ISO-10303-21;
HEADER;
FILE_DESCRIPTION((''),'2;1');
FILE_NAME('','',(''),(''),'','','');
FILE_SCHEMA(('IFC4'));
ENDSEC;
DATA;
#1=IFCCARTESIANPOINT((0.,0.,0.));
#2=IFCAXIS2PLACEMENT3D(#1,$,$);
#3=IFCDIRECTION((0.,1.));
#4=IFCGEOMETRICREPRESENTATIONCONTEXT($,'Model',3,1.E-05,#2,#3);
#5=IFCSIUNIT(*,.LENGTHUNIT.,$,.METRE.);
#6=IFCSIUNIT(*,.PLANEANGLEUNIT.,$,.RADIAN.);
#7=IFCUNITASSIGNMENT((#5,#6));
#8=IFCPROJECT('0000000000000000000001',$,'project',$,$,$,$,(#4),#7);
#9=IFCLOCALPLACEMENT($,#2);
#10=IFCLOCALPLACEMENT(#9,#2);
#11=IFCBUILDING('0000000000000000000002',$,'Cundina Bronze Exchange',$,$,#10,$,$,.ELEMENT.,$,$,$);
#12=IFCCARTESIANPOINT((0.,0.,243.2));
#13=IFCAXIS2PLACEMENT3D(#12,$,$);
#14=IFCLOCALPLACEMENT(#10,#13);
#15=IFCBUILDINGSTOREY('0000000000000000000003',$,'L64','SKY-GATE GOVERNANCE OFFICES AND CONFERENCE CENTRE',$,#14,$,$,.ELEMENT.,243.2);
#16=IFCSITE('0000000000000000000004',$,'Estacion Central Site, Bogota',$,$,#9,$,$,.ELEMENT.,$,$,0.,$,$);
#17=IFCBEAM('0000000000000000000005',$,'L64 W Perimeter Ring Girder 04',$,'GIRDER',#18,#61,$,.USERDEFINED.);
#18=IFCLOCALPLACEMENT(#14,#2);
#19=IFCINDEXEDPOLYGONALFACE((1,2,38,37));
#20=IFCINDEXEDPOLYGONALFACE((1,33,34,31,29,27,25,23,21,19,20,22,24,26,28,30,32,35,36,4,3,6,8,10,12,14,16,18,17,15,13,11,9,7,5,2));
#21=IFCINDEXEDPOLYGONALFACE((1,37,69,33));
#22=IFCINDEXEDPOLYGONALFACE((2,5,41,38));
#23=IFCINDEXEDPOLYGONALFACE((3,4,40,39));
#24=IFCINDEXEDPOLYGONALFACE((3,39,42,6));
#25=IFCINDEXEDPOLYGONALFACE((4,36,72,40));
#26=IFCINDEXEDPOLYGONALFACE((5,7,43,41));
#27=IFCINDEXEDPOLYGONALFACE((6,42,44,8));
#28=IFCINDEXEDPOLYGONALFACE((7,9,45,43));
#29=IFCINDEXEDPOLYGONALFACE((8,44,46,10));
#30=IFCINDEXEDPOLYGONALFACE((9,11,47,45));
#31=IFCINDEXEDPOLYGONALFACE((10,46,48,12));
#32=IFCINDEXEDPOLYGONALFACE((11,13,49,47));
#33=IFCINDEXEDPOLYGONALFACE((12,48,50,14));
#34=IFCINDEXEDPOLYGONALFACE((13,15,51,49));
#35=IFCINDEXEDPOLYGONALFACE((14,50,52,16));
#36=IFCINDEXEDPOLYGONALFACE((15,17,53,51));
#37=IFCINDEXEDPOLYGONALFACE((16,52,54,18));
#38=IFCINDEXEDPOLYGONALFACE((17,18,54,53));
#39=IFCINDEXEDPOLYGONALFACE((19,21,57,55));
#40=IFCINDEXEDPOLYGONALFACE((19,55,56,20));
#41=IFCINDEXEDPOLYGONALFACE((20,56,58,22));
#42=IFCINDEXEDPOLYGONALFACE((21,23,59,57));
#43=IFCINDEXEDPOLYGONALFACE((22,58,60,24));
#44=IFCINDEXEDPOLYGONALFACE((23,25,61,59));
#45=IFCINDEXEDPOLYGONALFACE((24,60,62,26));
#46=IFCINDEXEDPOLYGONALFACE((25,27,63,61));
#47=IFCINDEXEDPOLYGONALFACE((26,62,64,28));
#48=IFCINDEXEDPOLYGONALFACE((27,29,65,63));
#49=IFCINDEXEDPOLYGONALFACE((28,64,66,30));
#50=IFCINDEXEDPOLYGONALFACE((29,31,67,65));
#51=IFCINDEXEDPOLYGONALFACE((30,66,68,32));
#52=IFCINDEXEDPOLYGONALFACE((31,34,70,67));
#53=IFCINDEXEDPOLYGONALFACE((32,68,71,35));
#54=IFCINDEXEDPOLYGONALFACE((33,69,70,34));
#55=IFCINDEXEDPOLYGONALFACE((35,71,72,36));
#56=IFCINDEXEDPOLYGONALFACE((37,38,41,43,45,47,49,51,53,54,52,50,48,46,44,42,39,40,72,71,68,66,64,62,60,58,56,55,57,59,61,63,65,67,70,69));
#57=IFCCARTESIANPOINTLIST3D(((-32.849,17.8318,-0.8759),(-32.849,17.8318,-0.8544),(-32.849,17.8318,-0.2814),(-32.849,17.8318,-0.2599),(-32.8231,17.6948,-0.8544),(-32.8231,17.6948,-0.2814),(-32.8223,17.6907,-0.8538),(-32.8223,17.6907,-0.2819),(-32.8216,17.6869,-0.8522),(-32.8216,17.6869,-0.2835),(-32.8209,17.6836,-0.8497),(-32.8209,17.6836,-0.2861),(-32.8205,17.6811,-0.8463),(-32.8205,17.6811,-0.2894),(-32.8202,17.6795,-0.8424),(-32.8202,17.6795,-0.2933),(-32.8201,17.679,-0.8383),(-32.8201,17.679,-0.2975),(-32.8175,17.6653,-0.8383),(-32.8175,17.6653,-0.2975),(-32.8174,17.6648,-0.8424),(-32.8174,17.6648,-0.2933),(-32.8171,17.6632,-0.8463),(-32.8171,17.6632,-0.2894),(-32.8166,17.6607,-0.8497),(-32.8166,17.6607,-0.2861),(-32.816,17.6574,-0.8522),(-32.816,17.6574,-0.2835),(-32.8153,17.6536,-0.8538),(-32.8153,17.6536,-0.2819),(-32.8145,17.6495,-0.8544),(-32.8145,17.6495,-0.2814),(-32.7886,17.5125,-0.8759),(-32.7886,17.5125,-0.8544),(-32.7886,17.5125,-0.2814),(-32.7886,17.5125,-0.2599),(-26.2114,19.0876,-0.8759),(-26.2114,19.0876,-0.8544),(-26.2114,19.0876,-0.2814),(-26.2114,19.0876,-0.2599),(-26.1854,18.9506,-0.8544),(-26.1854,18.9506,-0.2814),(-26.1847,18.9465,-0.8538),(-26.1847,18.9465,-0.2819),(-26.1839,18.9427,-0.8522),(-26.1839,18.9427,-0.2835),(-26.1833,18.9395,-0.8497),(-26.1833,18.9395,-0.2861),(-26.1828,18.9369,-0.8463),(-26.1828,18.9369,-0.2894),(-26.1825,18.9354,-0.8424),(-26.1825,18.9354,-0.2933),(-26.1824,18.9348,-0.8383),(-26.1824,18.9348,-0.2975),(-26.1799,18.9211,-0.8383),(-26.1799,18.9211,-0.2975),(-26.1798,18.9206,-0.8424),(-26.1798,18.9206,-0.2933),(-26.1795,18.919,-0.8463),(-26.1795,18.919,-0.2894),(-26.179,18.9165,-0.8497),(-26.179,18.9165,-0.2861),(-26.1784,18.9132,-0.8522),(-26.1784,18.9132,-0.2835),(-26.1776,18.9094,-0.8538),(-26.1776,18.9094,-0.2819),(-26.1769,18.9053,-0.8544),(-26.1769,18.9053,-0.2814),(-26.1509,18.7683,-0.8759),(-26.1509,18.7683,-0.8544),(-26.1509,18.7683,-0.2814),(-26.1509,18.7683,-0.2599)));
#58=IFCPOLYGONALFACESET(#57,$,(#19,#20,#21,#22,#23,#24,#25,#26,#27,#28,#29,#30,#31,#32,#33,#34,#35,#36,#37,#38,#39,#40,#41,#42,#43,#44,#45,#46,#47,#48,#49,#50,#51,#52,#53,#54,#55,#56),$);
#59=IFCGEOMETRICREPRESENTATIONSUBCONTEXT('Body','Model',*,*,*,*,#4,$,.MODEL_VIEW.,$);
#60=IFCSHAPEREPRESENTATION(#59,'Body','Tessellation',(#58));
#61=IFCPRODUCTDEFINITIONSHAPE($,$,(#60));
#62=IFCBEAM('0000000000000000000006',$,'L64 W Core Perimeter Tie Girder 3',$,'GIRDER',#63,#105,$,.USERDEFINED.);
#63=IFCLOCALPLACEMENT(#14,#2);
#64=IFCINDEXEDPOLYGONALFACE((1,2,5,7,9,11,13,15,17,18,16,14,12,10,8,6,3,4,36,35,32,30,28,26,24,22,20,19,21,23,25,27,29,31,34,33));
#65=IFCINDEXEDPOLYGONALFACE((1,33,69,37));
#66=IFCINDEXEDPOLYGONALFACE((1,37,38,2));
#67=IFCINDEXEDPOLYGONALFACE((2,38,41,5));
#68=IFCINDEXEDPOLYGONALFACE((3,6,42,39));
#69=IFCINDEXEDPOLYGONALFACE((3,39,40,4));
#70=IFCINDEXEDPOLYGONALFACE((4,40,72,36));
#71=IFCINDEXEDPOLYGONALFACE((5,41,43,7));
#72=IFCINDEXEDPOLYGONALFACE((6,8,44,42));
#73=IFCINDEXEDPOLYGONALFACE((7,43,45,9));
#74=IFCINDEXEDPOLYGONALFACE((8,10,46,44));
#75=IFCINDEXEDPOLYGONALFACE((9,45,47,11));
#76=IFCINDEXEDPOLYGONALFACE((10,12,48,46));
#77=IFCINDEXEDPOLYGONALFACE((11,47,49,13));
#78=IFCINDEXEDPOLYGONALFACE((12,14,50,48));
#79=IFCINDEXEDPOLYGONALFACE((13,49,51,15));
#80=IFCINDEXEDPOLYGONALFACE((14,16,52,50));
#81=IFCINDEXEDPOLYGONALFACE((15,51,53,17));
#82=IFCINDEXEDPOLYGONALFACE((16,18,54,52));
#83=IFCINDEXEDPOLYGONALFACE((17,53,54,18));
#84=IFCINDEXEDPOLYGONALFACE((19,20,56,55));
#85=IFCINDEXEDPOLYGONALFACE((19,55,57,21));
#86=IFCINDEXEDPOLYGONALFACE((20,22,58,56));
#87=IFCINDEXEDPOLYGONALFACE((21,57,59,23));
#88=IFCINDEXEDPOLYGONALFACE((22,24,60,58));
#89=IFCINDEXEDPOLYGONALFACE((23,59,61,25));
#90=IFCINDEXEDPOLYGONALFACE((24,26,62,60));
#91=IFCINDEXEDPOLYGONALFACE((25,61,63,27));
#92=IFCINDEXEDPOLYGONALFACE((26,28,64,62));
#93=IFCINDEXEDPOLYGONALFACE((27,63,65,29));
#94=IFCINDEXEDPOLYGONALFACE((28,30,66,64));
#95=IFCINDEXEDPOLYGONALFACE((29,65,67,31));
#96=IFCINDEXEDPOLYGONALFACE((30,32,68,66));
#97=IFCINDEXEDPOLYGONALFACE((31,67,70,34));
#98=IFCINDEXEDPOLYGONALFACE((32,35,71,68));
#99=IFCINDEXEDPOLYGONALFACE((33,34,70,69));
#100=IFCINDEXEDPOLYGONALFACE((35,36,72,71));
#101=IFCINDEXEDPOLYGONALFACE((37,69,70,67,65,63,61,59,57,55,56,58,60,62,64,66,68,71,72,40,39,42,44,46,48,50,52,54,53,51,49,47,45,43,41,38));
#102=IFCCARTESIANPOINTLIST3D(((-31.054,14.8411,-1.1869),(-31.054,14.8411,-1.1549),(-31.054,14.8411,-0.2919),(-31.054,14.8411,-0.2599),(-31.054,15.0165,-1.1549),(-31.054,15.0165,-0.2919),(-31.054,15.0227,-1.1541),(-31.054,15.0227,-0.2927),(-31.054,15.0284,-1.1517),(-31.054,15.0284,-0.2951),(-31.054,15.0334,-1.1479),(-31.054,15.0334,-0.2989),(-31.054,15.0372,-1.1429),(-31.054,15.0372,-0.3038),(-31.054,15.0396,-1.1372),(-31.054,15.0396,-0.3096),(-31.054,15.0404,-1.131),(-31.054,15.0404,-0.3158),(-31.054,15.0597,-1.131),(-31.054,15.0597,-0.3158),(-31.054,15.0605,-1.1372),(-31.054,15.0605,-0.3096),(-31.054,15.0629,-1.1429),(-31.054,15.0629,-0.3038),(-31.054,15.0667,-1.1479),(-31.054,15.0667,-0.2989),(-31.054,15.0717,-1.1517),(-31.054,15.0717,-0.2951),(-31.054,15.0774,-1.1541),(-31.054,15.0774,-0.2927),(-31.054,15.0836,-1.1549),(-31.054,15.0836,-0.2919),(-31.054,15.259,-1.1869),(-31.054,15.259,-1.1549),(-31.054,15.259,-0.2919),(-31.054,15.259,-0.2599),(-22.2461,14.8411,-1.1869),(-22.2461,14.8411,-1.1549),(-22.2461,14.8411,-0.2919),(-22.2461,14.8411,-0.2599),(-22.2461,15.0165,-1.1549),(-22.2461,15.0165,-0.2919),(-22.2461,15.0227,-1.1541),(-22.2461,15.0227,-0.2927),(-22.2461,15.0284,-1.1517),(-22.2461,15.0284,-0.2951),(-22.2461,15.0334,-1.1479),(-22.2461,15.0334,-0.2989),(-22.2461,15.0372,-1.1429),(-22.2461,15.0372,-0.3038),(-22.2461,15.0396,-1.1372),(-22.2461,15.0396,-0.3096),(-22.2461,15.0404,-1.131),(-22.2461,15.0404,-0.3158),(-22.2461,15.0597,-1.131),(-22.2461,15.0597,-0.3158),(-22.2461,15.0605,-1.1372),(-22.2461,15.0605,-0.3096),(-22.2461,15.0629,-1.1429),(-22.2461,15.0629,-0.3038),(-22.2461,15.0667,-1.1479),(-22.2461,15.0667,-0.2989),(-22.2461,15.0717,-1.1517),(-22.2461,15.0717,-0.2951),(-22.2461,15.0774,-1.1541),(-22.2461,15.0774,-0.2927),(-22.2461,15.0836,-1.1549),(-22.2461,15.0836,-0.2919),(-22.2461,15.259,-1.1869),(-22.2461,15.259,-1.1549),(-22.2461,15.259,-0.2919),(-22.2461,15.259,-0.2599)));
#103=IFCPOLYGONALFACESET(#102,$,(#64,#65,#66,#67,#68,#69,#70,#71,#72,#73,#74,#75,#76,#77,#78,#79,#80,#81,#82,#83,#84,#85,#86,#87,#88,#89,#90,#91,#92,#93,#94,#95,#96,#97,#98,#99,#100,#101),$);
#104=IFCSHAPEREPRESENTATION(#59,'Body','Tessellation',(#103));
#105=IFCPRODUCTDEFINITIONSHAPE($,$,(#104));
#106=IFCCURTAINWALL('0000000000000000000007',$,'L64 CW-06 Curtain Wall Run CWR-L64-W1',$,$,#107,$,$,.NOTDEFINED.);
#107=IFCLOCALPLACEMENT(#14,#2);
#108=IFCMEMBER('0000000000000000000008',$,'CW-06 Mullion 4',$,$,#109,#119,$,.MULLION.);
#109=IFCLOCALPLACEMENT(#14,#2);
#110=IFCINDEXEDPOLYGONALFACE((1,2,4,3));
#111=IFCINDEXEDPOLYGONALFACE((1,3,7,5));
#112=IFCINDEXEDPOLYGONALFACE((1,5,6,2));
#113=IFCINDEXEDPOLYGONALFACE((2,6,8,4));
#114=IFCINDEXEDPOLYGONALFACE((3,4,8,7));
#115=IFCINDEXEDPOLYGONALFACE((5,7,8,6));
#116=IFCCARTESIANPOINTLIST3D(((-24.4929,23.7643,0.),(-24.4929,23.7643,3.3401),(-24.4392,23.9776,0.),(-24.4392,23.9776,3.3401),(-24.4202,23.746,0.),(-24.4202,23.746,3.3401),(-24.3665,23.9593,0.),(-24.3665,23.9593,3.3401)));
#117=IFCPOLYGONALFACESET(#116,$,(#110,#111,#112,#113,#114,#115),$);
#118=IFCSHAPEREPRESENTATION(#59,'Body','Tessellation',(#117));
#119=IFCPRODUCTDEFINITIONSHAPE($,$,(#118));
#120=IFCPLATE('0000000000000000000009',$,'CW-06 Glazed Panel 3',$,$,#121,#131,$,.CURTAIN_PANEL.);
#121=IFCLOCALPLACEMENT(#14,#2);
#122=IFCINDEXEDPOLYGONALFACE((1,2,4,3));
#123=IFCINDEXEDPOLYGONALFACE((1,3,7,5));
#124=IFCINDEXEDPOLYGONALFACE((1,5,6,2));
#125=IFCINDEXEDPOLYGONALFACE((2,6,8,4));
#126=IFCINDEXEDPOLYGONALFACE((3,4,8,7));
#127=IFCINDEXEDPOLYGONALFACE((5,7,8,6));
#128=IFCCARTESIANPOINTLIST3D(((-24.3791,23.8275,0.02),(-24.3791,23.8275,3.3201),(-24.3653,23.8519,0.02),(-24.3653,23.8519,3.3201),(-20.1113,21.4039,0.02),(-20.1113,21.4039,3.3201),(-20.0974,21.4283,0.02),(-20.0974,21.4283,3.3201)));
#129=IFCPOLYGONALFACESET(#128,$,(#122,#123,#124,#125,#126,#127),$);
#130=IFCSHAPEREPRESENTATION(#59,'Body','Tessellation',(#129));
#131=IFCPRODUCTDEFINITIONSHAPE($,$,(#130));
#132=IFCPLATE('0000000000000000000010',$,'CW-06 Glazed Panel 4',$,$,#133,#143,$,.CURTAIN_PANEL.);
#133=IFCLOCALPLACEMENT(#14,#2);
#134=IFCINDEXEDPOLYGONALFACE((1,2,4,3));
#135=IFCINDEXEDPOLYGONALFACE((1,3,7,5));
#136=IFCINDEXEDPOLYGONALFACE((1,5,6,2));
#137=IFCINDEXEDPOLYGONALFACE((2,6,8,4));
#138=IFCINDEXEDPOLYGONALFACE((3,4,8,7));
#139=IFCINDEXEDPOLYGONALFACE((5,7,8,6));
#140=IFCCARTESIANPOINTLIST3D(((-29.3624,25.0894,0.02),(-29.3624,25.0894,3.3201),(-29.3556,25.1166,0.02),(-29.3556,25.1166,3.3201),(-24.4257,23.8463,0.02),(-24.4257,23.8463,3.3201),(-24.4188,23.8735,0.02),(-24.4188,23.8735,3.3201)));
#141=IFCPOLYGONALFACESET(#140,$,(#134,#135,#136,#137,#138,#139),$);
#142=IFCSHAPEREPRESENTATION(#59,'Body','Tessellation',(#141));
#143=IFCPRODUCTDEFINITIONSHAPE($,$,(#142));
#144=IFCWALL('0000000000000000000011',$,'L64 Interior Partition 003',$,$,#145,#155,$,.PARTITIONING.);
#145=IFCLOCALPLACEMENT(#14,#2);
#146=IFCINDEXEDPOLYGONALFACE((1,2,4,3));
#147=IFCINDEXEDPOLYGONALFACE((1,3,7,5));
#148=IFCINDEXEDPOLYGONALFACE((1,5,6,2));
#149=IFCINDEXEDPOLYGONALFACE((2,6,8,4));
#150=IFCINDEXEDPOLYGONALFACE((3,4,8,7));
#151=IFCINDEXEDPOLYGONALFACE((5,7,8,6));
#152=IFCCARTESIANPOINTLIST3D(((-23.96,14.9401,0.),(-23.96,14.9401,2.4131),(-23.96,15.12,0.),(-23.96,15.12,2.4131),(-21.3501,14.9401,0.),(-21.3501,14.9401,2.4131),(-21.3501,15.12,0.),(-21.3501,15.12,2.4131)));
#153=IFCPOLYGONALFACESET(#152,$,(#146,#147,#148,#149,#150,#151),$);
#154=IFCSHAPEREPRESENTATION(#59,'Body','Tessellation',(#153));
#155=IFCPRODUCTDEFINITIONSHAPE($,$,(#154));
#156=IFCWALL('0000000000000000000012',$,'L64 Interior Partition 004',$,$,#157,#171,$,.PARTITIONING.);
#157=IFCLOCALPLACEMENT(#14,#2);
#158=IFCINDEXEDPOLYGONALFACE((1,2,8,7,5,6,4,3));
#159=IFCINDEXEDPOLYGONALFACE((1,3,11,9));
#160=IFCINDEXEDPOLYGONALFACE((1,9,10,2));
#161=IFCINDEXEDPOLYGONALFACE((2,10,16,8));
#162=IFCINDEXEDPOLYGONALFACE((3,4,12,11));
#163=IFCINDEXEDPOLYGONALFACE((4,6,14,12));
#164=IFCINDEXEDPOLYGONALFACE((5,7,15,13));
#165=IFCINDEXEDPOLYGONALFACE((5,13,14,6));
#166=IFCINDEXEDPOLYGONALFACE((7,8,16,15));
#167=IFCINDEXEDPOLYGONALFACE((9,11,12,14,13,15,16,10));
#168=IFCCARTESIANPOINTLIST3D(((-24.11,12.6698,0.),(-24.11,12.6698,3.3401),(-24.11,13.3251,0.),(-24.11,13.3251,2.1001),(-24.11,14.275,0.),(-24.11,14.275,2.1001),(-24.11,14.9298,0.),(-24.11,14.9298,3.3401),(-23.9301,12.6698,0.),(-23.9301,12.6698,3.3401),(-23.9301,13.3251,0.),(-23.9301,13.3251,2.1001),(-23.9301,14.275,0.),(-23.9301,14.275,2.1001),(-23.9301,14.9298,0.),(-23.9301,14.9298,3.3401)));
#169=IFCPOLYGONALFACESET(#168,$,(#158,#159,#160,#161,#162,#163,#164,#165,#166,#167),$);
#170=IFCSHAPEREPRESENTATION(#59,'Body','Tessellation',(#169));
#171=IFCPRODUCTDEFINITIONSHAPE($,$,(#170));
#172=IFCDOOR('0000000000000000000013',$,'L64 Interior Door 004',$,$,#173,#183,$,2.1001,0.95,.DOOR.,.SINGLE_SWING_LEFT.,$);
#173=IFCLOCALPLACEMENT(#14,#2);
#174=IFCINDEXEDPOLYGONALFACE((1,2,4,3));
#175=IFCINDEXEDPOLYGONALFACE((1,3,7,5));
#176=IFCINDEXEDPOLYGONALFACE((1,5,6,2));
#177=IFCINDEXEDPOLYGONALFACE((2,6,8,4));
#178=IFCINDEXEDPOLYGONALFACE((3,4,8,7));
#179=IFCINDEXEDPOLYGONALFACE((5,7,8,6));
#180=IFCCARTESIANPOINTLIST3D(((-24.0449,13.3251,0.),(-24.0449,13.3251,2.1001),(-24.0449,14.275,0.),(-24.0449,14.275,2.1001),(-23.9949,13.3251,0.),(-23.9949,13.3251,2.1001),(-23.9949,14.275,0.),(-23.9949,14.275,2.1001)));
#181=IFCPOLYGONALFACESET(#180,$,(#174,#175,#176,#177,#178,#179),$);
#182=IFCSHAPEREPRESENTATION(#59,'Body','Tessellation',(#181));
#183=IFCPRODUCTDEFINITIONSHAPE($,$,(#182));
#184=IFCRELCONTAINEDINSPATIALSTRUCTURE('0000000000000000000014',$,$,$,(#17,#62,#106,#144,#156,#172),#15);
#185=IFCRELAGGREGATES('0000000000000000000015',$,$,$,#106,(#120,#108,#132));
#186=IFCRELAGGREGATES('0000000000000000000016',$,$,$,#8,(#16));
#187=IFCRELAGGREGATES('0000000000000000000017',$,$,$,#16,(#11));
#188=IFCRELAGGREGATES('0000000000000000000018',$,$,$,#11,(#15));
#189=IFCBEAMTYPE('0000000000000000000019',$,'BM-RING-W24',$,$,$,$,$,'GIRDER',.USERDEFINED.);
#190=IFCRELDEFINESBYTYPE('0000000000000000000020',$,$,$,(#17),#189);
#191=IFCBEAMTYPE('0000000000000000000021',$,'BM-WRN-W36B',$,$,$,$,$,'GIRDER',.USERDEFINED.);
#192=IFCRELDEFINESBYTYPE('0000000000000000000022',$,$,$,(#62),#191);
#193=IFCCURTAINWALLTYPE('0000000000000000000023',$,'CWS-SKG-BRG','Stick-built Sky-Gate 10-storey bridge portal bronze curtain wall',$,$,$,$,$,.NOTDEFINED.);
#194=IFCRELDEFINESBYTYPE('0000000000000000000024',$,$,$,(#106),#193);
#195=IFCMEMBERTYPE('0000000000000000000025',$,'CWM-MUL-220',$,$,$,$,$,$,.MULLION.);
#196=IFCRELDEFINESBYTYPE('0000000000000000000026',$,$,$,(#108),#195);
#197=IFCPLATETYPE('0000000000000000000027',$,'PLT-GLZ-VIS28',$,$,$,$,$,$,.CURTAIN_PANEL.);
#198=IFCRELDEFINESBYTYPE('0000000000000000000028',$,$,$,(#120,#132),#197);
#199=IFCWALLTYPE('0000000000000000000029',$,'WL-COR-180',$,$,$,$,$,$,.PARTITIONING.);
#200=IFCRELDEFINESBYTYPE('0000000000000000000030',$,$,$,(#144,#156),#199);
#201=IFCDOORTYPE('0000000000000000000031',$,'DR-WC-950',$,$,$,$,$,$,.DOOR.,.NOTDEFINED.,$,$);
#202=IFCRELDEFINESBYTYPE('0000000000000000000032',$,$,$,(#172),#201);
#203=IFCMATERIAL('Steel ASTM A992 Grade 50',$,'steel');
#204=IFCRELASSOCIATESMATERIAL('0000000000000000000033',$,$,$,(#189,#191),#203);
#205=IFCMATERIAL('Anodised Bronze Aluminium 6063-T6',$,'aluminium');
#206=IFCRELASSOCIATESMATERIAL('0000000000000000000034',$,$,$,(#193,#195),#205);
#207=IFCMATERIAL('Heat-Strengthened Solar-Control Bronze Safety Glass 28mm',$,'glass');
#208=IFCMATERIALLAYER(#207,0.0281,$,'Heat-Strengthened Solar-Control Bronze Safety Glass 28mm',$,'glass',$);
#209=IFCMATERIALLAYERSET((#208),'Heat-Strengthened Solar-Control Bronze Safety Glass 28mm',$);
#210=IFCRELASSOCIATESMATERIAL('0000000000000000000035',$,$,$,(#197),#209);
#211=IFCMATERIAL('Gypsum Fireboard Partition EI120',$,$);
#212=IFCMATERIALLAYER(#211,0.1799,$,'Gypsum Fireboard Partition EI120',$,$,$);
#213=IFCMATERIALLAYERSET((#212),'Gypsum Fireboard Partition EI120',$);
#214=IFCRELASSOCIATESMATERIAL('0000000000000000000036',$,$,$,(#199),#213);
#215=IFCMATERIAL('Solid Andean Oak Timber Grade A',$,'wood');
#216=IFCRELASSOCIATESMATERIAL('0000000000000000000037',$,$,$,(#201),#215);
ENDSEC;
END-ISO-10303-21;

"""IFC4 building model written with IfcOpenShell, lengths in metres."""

from ifc_helpers import new_model, si_unit, direction, frame, frame_2d, origin, origin_2d, place, context, subcontext, project, spatial, rectangle, i_section, extrude, material, layer, layer_set, material_profile, profile_set, type_object, element, fill, aggregate, save


model = new_model("IFC4")

# Units and contexts
model_context = context("Model", 3, precision=1e-05, world=origin(), true_north=direction((0.0, 1.0)))
body_context = subcontext(model_context, "Body", "Model", "MODEL_VIEW")
ifc_project = project(units=[si_unit("LENGTHUNIT", "METRE"), si_unit("PLANEANGLEUNIT", "RADIAN")], contexts=[model_context])

# Site, building, storey
site_placement = place(None, origin())
site = spatial("IfcSite", under=ifc_project, at=site_placement, Name="Estacion Central Site, Bogota", CompositionType="ELEMENT", RefElevation=0.0)
building_placement = place(site_placement, origin())
building = spatial("IfcBuilding", under=site, at=building_placement, Name="Cundina Bronze Exchange", CompositionType="ELEMENT")
storey_placement = place(building_placement, frame((0.0, 0.0, 243.2)))
storey = spatial("IfcBuildingStorey", under=building, at=storey_placement, Name="L64", Description="SKY-GATE GOVERNANCE OFFICES AND CONFERENCE CENTRE", CompositionType="ELEMENT", Elevation=243.2)

# Shared definitions
ifc_material_1 = material(Name="Steel ASTM A992 Grade 50", Category="steel")

# Beams
ifc_material_profile_1 = material_profile(ifc_material_1, i_section(OverallWidth=0.325, OverallDepth=0.616, WebThickness=0.0139, FlangeThickness=0.0215, FilletRadius=0.0161, at=origin_2d()), Name="W24X117", Category="steel")
ifc_profile_set_1 = profile_set([ifc_material_profile_1], Name="Steel ASTM A992 Grade 50")
beam_type_1 = type_object("IfcBeamType", Name="BM-RING-W24", ElementType="GIRDER", PredefinedType="USERDEFINED", material=ifc_profile_set_1)
beam_1_placement = place(storey_placement, frame((-26.1812, 18.928, -0.5679), z_axis=(-0.982568, -0.185903, 0.0), x_axis=(0.185903, -0.982568, 0.0)))
element("IfcBeam", 1, at=beam_1_placement, inside=storey, type_object=beam_type_1, Name="L64 W Perimeter Ring Girder 04", ObjectType="GIRDER", PredefinedType="USERDEFINED", context=body_context, shape_type="SweptSolid", body=[
    extrude(i_section(OverallWidth=0.325, OverallDepth=0.616, WebThickness=0.0139, FlangeThickness=0.0215, FilletRadius=0.0161, at=origin_2d()), origin(), (0.0, 0.0, 1.0), 6.7554),
])
ifc_material_profile_2 = material_profile(ifc_material_1, i_section(OverallWidth=0.418, OverallDepth=0.927, WebThickness=0.0193, FlangeThickness=0.032, FilletRadius=0.0239, at=origin_2d()), Name="W36X231", Category="steel")
ifc_profile_set_2 = profile_set([ifc_material_profile_2], Name="Steel ASTM A992 Grade 50")
beam_type_2 = type_object("IfcBeamType", Name="BM-WRN-W36B", ElementType="GIRDER", PredefinedType="USERDEFINED", material=ifc_profile_set_2)
beam_2_placement = place(storey_placement, frame((-22.2461, 15.05, -0.7234), z_axis=(-1.0, 0.0, 0.0), x_axis=(0.0, -1.0, 0.0)))
element("IfcBeam", 2, at=beam_2_placement, inside=storey, type_object=beam_type_2, Name="L64 W Core Perimeter Tie Girder 3", ObjectType="GIRDER", PredefinedType="USERDEFINED", context=body_context, shape_type="SweptSolid", body=[
    extrude(i_section(OverallWidth=0.418, OverallDepth=0.927, WebThickness=0.0193, FlangeThickness=0.032, FilletRadius=0.0239, at=origin_2d()), origin(), (0.0, 0.0, 1.0), 8.8079),
])

# Curtain wall, member, plates
ifc_material_2 = material(Name="Anodised Bronze Aluminium 6063-T6", Category="aluminium")
curtain_wall_type = type_object("IfcCurtainWallType", Name="CWS-SKG-BRG", Description="Stick-built Sky-Gate 10-storey bridge portal bronze curtain wall", PredefinedType="NOTDEFINED", material=ifc_material_2)
curtain_wall_placement = place(storey_placement, origin())
curtain_wall = element("IfcCurtainWall", 3, at=curtain_wall_placement, inside=storey, type_object=curtain_wall_type, Name="L64 CW-06 Curtain Wall Run CWR-L64-W1", PredefinedType="NOTDEFINED")
ifc_material_profile_3 = material_profile(ifc_material_2, rectangle(XDim=0.075, YDim=0.22, at=origin_2d()), Name="AL75X220", Category="aluminium")
ifc_profile_set_3 = profile_set([ifc_material_profile_3], Name="Anodised Bronze Aluminium 6063-T6")
member_type = type_object("IfcMemberType", Name="CWM-MUL-220", PredefinedType="MULLION", material=ifc_profile_set_3)
member_placement = place(storey_placement, frame((-24.4297, 23.8618, 0.0), z_axis=(0.0, 0.0, 1.0), x_axis=(-0.969744, 0.244123, 0.0)))
member = element("IfcMember", 4, at=member_placement, type_object=member_type, Name="CW-06 Mullion 4", PredefinedType="MULLION", context=body_context, shape_type="SweptSolid", body=[
    extrude(rectangle(XDim=0.075, YDim=0.22, at=origin_2d()), origin(), (0.0, 0.0, 1.0), 3.3401),
])
ifc_material_3 = material(Name="Heat-Strengthened Solar-Control Bronze Safety Glass 28mm", Category="glass")
ifc_layer_1 = layer(ifc_material_3, 0.0281, Name="Heat-Strengthened Solar-Control Bronze Safety Glass 28mm", Category="glass")
ifc_layer_set_1 = layer_set([ifc_layer_1], Name="Heat-Strengthened Solar-Control Bronze Safety Glass 28mm")
plate_type = type_object("IfcPlateType", Name="PLT-GLZ-VIS28", PredefinedType="CURTAIN_PANEL", material=ifc_layer_set_1)
plate_1_placement = place(storey_placement, frame((-22.2383, 22.6279, 0.02), z_axis=(0.0, 0.0, 1.0), x_axis=(-0.869573, 0.493805, 0.0)))
plate_1 = element("IfcPlate", 5, at=plate_1_placement, type_object=plate_type, Name="CW-06 Glazed Panel 3", PredefinedType="CURTAIN_PANEL", context=body_context, shape_type="SweptSolid", body=[
    extrude(rectangle(XDim=4.908, YDim=0.0281, at=origin_2d()), origin(), (0.0, 0.0, 1.0), 3.3),
])
plate_2_placement = place(storey_placement, frame((-26.8906, 24.4814, 0.02), z_axis=(0.0, 0.0, 1.0), x_axis=(-0.969732, 0.244174, 0.0)))
plate_2 = element("IfcPlate", 6, at=plate_2_placement, type_object=plate_type, Name="CW-06 Glazed Panel 4", PredefinedType="CURTAIN_PANEL", context=body_context, shape_type="SweptSolid", body=[
    extrude(rectangle(XDim=5.0908, YDim=0.0281, at=origin_2d()), origin(), (0.0, 0.0, 1.0), 3.3),
])
aggregate(curtain_wall, [plate_1, member, plate_2])

# Wall
ifc_material_4 = material(Name="Gypsum Fireboard Partition EI120")
ifc_layer_2 = layer(ifc_material_4, 0.1799, Name="Gypsum Fireboard Partition EI120")
ifc_layer_set_2 = layer_set([ifc_layer_2], Name="Gypsum Fireboard Partition EI120")
wall_type_1 = type_object("IfcWallType", Name="WL-COR-180", PredefinedType="PARTITIONING", material=ifc_layer_set_2)
wall_1_placement = place(storey_placement, frame((-23.96, 15.03, 0.0), z_axis=(0.0, 0.0, 1.0), x_axis=(1.0, 0.0, 0.0)))
element("IfcWall", 7, at=wall_1_placement, inside=storey, type_object=wall_type_1, Name="L64 Interior Partition 003", PredefinedType="PARTITIONING", context=body_context, shape_type="SweptSolid", body=[
    extrude(rectangle(XDim=2.6099, YDim=0.1799, at=frame_2d((1.3049, 0.0))), origin(), (0.0, 0.0, 1.0), 2.4131),
])

# Wall, opening, door
wall_2_placement = place(storey_placement, frame((-24.02, 12.6699, 0.0), z_axis=(0.0, 0.0, 1.0), x_axis=(0.0, 1.0, 0.0)))
wall_2 = element("IfcWall", 8, at=wall_2_placement, inside=storey, type_object=wall_type_1, Name="L64 Interior Partition 004", PredefinedType="PARTITIONING", context=body_context, shape_type="SweptSolid", body=[
    extrude(rectangle(XDim=2.26, YDim=0.1799, at=frame_2d((1.1299, 0.0))), origin(), (0.0, 0.0, 1.0), 3.3401),
])
opening_1_placement = place(wall_2_placement, frame((0.655, 0.0, 0.0)))
opening_1 = element("IfcOpeningElement", 9, at=opening_1_placement, cuts=wall_2, PredefinedType="OPENING", context=body_context, shape_type="SweptSolid", body=[
    extrude(rectangle(XDim=0.95, YDim=2.1001, at=frame_2d((0.4751, 1.05))), frame((0.0, 0.0999, 0.0), z_axis=(0.0, -1.0, 0.0), x_axis=(1.0, 0.0, 0.0)), (0.0, 0.0, 1.0), 0.2),
])
ifc_material_5 = material(Name="Solid Andean Oak Timber Grade A", Category="wood")
door_type_1 = type_object("IfcDoorType", Name="DR-WC-950", OperationType="NOTDEFINED", PredefinedType="DOOR", material=ifc_material_5)
door_1_placement = place(opening_1_placement, origin())
door_1 = element("IfcDoor", 10, at=door_1_placement, inside=storey, type_object=door_type_1, Name="L64 Interior Door 004", OperationType="SINGLE_SWING_LEFT", OverallHeight=2.1001, OverallWidth=0.95, PredefinedType="DOOR", context=body_context, shape_type="SweptSolid", body=[
    extrude(rectangle(XDim=0.95, YDim=2.1001, at=frame_2d((0.4751, 1.05))), frame((0.0, 0.0249, 0.0), z_axis=(0.0, -1.0, 0.0), x_axis=(1.0, 0.0, 0.0)), (0.0, 0.0, 1.0), 0.05),
])
fill(opening_1, door_1)

save(model, "model.ifc")
